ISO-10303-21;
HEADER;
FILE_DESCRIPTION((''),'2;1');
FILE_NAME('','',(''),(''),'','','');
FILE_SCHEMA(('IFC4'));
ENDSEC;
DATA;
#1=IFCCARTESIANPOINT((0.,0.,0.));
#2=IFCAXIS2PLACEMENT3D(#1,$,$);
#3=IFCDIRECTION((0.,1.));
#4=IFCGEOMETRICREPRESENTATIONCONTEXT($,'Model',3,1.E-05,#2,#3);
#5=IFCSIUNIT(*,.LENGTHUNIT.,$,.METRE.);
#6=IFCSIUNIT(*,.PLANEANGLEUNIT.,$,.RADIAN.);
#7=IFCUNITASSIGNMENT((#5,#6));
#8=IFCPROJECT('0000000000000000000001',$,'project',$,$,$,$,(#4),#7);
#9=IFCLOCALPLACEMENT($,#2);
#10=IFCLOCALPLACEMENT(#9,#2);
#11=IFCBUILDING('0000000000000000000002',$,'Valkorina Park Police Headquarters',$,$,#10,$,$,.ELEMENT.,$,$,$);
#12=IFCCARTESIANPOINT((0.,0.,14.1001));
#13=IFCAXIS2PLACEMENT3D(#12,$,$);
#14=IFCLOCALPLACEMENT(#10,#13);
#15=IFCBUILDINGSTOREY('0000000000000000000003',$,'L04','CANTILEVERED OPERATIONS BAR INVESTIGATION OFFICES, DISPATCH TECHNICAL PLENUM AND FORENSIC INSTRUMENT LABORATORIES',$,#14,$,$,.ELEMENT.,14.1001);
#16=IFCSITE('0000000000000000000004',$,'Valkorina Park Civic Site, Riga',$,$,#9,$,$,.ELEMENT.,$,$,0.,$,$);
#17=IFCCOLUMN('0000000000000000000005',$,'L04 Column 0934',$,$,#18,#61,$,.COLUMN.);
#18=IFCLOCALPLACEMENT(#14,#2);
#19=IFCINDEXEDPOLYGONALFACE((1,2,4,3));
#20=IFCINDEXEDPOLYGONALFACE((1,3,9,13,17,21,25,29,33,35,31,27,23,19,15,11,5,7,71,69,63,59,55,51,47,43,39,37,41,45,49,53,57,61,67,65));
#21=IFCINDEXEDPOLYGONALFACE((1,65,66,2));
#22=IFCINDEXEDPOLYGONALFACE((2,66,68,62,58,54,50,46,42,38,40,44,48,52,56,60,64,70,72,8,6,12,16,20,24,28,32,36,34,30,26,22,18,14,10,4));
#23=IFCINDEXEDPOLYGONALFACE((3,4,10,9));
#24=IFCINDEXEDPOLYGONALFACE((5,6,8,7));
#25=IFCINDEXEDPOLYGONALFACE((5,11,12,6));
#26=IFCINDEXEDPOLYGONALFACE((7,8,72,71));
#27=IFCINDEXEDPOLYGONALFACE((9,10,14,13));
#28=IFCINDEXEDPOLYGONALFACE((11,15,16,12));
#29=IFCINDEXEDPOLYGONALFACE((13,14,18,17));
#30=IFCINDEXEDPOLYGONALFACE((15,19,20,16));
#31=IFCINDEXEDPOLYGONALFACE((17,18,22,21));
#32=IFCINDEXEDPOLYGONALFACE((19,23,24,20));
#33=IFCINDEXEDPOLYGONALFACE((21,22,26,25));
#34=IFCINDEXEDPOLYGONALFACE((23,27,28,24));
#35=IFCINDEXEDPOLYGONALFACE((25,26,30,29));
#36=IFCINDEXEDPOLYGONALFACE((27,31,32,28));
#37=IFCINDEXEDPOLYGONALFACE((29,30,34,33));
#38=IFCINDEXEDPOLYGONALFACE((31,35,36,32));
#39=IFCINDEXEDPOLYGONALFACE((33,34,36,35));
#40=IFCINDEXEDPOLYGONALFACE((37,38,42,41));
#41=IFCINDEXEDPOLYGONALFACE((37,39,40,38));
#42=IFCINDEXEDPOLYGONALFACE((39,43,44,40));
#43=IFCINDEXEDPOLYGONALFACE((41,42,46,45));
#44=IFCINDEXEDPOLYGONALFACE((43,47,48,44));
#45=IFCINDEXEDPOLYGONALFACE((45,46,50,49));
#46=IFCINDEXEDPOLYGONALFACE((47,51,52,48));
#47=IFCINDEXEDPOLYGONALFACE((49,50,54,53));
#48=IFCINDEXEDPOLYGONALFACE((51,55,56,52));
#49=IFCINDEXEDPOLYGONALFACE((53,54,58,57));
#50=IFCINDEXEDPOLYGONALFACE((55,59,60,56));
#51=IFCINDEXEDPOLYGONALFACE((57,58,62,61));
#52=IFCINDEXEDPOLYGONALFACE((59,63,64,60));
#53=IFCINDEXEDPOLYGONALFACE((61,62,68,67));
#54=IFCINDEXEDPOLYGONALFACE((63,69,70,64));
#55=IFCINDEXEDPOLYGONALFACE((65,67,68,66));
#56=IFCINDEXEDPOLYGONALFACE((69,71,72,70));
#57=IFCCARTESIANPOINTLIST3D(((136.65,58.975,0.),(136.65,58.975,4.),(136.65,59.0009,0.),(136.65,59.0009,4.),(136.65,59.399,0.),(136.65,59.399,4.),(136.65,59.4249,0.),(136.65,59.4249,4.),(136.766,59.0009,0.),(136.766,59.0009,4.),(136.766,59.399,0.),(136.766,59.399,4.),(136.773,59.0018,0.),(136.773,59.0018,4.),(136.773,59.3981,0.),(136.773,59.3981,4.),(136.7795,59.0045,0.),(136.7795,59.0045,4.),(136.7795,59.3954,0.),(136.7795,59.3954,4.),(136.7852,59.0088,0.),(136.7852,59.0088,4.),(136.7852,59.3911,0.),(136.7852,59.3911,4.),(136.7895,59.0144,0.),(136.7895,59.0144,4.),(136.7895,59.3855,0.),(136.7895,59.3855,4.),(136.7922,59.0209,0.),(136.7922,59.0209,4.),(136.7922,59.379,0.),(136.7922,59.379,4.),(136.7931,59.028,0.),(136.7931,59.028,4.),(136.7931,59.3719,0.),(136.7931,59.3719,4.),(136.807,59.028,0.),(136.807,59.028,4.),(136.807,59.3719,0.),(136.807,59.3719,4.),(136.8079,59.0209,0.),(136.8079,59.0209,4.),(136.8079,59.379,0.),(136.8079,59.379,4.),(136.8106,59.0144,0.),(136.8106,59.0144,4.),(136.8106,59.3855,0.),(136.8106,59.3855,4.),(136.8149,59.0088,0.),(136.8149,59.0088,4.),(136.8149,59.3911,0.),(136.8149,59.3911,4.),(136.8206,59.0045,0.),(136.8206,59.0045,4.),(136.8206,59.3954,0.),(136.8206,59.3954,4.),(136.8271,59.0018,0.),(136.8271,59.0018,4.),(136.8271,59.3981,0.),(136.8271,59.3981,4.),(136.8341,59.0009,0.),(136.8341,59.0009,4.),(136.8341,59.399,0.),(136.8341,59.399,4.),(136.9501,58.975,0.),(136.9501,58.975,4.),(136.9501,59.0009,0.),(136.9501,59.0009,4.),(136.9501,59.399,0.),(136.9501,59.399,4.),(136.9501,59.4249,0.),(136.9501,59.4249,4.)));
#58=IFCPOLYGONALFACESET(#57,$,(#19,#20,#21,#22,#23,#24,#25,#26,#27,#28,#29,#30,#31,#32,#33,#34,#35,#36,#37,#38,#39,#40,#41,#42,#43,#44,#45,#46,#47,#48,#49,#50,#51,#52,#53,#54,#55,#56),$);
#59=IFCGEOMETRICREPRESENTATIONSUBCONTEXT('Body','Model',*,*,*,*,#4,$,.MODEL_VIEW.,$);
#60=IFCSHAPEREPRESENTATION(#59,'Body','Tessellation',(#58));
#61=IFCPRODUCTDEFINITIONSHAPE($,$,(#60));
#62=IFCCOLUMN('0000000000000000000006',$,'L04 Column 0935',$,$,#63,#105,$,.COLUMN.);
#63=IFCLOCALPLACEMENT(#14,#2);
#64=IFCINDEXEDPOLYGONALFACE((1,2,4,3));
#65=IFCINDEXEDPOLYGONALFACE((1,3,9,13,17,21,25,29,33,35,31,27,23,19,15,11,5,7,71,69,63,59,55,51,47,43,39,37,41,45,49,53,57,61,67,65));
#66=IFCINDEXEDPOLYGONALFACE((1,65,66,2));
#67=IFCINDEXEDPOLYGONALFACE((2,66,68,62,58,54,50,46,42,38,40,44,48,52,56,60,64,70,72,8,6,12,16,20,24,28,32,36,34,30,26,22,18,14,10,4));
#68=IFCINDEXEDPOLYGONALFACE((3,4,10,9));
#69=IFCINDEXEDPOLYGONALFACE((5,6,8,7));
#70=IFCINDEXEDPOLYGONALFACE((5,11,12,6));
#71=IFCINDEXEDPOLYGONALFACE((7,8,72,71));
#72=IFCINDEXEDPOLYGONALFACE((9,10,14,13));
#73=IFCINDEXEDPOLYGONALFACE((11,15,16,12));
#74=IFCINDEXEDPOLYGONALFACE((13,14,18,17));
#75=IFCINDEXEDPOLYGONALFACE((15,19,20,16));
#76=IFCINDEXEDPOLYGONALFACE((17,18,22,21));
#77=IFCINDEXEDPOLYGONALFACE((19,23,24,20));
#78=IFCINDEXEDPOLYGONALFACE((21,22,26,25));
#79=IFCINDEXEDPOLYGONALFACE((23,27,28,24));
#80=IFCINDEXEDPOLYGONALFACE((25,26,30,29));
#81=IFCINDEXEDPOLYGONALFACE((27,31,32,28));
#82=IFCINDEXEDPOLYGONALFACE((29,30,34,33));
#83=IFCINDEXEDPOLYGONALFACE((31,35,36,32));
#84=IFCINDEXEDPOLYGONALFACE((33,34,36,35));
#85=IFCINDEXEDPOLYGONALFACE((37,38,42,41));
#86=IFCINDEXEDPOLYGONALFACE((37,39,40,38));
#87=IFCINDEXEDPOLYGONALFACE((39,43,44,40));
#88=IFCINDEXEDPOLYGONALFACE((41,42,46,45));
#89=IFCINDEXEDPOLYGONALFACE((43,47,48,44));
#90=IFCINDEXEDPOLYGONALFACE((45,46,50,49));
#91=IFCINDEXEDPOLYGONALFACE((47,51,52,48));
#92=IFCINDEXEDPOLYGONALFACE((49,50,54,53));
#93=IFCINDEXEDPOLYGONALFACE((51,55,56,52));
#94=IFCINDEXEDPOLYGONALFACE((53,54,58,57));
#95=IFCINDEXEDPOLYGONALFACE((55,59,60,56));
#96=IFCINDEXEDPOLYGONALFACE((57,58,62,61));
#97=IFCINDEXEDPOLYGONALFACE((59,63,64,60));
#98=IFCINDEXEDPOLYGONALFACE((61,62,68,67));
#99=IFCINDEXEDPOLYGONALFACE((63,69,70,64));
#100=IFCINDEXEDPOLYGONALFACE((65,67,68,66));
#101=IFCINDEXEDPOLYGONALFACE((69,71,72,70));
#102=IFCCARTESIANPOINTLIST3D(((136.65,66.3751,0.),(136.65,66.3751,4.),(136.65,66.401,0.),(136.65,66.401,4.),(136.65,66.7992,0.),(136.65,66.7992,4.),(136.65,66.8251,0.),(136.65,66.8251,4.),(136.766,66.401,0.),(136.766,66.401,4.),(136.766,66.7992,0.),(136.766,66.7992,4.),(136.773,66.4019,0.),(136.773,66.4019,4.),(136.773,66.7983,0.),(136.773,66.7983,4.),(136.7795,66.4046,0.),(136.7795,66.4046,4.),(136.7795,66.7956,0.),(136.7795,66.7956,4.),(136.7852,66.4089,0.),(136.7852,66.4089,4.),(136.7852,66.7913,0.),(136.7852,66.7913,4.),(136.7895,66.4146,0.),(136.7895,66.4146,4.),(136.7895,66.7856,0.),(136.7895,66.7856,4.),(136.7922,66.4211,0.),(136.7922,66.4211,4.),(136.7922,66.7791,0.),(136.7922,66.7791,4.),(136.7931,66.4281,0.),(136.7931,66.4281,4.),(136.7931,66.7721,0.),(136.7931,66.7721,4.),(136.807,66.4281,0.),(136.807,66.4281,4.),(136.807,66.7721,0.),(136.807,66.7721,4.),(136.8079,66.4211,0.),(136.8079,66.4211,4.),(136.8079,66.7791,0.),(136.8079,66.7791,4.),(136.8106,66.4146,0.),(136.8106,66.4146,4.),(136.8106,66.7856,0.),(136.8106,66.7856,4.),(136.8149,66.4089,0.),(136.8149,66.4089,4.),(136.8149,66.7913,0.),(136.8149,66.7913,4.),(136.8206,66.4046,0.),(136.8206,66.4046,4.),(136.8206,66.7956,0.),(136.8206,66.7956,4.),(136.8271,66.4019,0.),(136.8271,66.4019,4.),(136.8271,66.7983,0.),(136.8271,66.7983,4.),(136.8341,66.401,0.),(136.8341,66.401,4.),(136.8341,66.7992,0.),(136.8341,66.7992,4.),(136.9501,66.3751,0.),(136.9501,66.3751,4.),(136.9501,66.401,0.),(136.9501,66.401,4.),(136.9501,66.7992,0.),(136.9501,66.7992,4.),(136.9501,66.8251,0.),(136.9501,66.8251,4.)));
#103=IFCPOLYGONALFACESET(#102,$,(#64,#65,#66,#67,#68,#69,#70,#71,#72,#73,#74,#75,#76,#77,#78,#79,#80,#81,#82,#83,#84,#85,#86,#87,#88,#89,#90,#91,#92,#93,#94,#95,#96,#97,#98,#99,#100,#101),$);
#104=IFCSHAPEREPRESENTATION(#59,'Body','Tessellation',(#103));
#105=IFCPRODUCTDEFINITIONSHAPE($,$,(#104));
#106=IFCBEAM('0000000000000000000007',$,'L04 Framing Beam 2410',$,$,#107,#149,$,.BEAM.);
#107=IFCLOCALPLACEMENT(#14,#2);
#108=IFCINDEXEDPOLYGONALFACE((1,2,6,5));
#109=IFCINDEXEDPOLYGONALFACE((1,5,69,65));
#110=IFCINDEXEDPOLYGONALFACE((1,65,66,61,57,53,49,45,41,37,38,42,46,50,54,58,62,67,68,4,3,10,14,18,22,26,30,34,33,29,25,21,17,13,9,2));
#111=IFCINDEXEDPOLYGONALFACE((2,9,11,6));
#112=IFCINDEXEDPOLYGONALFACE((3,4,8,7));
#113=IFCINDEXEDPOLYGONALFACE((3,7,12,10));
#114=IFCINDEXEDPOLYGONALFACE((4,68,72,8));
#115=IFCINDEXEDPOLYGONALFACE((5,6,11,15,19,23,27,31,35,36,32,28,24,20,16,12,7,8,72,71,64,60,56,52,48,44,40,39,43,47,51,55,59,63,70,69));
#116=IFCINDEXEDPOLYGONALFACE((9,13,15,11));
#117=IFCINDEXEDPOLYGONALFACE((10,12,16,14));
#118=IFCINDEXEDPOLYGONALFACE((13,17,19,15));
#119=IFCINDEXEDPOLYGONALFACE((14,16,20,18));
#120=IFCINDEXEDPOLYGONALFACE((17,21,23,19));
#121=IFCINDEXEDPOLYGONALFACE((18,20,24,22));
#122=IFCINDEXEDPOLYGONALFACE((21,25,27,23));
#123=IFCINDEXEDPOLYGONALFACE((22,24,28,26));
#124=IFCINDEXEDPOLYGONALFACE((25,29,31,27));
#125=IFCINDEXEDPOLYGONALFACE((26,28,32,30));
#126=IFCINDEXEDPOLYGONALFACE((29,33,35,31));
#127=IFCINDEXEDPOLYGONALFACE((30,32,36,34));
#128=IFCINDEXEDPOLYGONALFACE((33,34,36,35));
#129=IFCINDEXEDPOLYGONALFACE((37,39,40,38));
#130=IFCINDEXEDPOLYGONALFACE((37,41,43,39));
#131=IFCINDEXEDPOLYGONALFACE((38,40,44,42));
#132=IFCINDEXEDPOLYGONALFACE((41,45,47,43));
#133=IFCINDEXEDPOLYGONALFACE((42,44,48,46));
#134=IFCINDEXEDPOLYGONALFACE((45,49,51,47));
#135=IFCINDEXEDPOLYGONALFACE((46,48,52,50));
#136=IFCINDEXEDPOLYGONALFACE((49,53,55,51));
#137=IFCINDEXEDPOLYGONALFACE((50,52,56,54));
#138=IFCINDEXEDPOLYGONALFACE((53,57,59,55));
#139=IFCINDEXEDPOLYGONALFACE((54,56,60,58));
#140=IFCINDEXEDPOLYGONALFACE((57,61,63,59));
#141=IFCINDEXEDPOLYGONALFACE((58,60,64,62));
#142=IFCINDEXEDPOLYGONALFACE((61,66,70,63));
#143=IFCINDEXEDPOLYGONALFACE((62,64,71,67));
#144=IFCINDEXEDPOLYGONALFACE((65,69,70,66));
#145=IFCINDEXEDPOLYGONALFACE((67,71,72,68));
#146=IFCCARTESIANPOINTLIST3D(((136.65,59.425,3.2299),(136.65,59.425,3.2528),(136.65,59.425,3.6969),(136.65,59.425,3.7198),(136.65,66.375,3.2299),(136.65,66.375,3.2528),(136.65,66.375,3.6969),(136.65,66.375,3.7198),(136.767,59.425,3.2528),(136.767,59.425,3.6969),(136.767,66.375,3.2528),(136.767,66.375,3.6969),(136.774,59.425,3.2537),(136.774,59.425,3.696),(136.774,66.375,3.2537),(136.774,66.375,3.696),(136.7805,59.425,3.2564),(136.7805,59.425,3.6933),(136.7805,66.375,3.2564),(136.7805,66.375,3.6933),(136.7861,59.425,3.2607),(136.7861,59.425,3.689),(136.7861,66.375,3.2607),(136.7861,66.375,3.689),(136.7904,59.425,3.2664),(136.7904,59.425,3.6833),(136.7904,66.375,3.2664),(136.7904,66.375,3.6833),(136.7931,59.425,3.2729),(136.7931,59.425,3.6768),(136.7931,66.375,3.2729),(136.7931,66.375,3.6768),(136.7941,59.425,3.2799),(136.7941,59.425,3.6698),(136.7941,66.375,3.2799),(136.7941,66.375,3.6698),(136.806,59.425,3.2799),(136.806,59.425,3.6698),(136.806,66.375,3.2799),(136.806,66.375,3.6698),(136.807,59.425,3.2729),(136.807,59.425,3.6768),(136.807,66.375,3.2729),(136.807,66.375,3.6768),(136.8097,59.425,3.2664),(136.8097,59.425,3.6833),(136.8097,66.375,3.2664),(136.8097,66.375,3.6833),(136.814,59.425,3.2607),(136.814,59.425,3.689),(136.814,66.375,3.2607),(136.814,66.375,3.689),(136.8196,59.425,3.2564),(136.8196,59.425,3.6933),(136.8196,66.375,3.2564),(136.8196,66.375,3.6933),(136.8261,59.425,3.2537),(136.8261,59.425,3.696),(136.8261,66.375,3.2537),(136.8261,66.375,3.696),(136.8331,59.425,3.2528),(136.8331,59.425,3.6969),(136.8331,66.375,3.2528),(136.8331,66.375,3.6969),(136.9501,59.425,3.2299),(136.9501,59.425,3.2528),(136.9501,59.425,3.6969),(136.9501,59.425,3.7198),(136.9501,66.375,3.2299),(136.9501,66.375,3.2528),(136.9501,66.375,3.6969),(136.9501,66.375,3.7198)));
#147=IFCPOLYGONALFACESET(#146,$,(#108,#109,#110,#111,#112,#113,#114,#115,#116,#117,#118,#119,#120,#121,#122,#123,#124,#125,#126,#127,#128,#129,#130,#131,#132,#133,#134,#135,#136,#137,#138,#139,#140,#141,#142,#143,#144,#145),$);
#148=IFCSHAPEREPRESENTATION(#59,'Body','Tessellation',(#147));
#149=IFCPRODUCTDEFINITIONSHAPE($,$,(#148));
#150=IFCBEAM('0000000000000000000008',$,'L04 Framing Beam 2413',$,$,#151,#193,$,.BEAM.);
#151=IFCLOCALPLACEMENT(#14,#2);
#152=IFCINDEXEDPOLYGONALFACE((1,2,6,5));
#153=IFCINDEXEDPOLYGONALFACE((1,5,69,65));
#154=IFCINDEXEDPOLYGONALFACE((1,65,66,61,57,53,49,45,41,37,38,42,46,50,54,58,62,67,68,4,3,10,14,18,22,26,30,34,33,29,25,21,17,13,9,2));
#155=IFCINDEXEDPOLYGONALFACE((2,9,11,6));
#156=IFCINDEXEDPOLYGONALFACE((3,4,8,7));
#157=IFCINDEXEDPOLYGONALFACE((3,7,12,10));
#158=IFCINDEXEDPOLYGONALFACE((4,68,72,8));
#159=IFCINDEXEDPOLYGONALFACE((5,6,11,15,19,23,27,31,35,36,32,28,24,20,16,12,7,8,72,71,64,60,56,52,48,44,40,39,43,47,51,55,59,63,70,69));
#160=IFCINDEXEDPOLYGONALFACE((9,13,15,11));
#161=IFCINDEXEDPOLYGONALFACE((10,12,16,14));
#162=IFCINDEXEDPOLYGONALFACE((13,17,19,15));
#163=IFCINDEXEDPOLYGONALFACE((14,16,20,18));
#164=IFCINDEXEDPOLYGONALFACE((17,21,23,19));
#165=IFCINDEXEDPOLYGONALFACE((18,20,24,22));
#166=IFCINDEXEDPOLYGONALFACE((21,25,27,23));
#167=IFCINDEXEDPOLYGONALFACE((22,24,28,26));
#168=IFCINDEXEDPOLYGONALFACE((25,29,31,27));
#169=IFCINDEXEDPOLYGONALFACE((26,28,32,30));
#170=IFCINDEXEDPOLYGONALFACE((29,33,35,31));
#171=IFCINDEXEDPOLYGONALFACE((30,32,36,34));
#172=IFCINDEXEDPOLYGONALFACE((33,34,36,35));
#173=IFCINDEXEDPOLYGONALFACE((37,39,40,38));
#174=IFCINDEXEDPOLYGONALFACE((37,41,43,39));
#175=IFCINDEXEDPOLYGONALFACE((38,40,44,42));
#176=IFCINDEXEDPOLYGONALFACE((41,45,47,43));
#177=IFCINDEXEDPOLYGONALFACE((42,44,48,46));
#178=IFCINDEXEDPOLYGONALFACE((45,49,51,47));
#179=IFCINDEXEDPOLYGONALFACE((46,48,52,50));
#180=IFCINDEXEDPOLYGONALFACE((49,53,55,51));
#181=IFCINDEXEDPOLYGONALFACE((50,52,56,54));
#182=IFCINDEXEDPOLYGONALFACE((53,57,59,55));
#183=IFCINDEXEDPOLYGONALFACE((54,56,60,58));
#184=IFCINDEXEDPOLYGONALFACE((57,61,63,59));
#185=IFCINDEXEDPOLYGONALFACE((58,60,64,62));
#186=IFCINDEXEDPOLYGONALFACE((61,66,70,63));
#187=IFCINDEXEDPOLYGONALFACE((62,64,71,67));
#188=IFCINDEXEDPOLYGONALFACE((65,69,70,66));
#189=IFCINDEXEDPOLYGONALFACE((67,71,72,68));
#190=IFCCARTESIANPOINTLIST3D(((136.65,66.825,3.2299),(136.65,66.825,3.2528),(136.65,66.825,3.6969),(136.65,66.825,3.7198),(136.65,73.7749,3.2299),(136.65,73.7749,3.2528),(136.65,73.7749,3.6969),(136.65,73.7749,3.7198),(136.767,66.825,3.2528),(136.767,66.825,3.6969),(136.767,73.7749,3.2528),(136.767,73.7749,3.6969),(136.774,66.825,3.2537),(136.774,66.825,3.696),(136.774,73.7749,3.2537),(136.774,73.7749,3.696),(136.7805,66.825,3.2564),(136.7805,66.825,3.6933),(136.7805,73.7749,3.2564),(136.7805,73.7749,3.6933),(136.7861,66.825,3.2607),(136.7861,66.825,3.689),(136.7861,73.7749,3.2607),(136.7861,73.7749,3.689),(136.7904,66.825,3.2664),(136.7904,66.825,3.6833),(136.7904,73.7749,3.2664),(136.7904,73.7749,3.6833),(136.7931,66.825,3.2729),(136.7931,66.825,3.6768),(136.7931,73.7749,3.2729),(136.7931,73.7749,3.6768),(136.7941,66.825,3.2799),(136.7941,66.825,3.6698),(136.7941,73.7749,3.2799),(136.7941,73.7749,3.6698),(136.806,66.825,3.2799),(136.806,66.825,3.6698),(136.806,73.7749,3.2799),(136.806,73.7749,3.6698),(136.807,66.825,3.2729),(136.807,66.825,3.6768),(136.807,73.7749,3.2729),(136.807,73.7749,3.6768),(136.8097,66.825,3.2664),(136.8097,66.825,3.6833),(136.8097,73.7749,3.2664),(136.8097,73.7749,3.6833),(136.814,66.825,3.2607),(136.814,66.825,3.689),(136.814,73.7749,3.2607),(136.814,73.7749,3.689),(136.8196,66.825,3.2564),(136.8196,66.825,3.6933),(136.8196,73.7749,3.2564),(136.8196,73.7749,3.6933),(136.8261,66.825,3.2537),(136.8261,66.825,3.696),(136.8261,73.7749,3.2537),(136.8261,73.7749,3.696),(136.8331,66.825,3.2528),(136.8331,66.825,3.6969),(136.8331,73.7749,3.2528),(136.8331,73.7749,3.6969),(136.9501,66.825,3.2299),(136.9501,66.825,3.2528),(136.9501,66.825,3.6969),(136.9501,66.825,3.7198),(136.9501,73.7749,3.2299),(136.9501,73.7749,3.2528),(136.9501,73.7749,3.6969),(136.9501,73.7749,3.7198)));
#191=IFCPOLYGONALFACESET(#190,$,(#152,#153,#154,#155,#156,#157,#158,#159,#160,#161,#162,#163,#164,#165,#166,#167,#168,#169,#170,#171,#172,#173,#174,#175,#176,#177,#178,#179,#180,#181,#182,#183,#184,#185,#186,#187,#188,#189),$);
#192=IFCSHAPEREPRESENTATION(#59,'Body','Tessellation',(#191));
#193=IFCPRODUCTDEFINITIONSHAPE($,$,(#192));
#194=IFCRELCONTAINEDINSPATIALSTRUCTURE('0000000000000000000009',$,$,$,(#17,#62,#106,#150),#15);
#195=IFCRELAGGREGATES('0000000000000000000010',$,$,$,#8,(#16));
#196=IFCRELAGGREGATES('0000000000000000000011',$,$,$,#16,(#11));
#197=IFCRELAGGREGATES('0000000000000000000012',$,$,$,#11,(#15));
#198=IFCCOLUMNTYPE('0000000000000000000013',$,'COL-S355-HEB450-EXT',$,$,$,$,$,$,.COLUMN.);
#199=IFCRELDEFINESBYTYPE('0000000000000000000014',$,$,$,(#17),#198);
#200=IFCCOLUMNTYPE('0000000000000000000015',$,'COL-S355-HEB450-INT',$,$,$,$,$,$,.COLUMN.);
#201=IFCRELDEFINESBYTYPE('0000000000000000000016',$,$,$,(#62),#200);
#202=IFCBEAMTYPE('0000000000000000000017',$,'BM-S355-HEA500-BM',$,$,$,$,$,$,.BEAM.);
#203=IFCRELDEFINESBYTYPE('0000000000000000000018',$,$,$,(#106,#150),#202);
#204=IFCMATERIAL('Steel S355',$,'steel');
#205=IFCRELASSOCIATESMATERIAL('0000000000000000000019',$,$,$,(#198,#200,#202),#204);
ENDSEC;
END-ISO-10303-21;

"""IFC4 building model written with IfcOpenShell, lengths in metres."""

from ifc_helpers import new_model, si_unit, direction, frame, origin, origin_2d, place, context, subcontext, project, spatial, i_section, extrude, material, material_profile, profile_set, type_object, element, save


model = new_model("IFC4")

# Units and contexts
model_context = context("Model", 3, precision=1e-05, world=origin(), true_north=direction((0.0, 1.0)))
body_context = subcontext(model_context, "Body", "Model", "MODEL_VIEW")
ifc_project = project(units=[si_unit("LENGTHUNIT", "METRE"), si_unit("PLANEANGLEUNIT", "RADIAN")], contexts=[model_context])

# Site, building, storey
site_placement = place(None, origin())
site = spatial("IfcSite", under=ifc_project, at=site_placement, Name="Valkorina Park Civic Site, Riga", CompositionType="ELEMENT", RefElevation=0.0)
building_placement = place(site_placement, origin())
building = spatial("IfcBuilding", under=site, at=building_placement, Name="Valkorina Park Police Headquarters", CompositionType="ELEMENT")
storey_placement = place(building_placement, frame((0.0, 0.0, 14.1001)))
storey = spatial("IfcBuildingStorey", under=building, at=storey_placement, Name="L04", Description="CANTILEVERED OPERATIONS BAR INVESTIGATION OFFICES, DISPATCH TECHNICAL PLENUM AND FORENSIC INSTRUMENT LABORATORIES", CompositionType="ELEMENT", Elevation=14.1001)

# Columns
ifc_material_1 = material(Name="Steel S355", Category="steel")
ifc_material_profile_1 = material_profile(ifc_material_1, i_section(OverallWidth=0.3, OverallDepth=0.45, WebThickness=0.0139, FlangeThickness=0.0259, FilletRadius=0.0271, at=origin_2d()), Name="HEB 450")
ifc_profile_set_1 = profile_set([ifc_material_profile_1], Name="Steel S355")
column_type_1 = type_object("IfcColumnType", Name="COL-S355-HEB450-EXT", PredefinedType="COLUMN", material=ifc_profile_set_1)
column_1_placement = place(storey_placement, frame((136.8, 59.2, 0.0), z_axis=(0.0, 0.0, 1.0), x_axis=(1.0, 0.0, 0.0)))
element("IfcColumn", 1, at=column_1_placement, inside=storey, type_object=column_type_1, Name="L04 Column 0934", PredefinedType="COLUMN", context=body_context, shape_type="SweptSolid", body=[
    extrude(i_section(OverallWidth=0.3, OverallDepth=0.45, WebThickness=0.0139, FlangeThickness=0.0259, FilletRadius=0.0271, at=origin_2d()), origin(), (0.0, 0.0, 1.0), 4.0),
])
ifc_material_profile_2 = material_profile(ifc_material_1, i_section(OverallWidth=0.3, OverallDepth=0.45, WebThickness=0.0139, FlangeThickness=0.0259, FilletRadius=0.0271, at=origin_2d()), Name="HEB 450")
ifc_profile_set_2 = profile_set([ifc_material_profile_2], Name="Steel S355")
column_type_2 = type_object("IfcColumnType", Name="COL-S355-HEB450-INT", PredefinedType="COLUMN", material=ifc_profile_set_2)
column_2_placement = place(storey_placement, frame((136.8, 66.6001, 0.0), z_axis=(0.0, 0.0, 1.0), x_axis=(1.0, 0.0, 0.0)))
element("IfcColumn", 2, at=column_2_placement, inside=storey, type_object=column_type_2, Name="L04 Column 0935", PredefinedType="COLUMN", context=body_context, shape_type="SweptSolid", body=[
    extrude(i_section(OverallWidth=0.3, OverallDepth=0.45, WebThickness=0.0139, FlangeThickness=0.0259, FilletRadius=0.0271, at=origin_2d()), origin(), (0.0, 0.0, 1.0), 4.0),
])

# Beams
ifc_material_profile_3 = material_profile(ifc_material_1, i_section(OverallWidth=0.3, OverallDepth=0.49, WebThickness=0.012, FlangeThickness=0.0229, FilletRadius=0.0271, at=origin_2d()), Name="HEA 500")
ifc_profile_set_3 = profile_set([ifc_material_profile_3], Name="Steel S355")
beam_type_1 = type_object("IfcBeamType", Name="BM-S355-HEA500-BM", PredefinedType="BEAM", material=ifc_profile_set_3)
for number, where, z_axis, x_axis, name in (
    (3, (136.8, 59.425, 3.4749), (0.0, 1.0, 0.0), (-1.0, 0.0, 0.0), "L04 Framing Beam 2410"),
    (4, (136.8, 66.825, 3.4749), (0.0, 1.0, 0.0), (-1.0, 0.0, 0.0), "L04 Framing Beam 2413"),
):
    element("IfcBeam", number, at=place(storey_placement, frame(where, z_axis=z_axis, x_axis=x_axis)), inside=storey, type_object=beam_type_1, Name=name, PredefinedType="BEAM", context=body_context, shape_type="SweptSolid", body=[
        extrude(i_section(OverallWidth=0.3, OverallDepth=0.49, WebThickness=0.012, FlangeThickness=0.0229, FilletRadius=0.0271, at=origin_2d()), origin(), (0.0, 0.0, 1.0), 6.95),
    ])

save(model, "model.ifc")
